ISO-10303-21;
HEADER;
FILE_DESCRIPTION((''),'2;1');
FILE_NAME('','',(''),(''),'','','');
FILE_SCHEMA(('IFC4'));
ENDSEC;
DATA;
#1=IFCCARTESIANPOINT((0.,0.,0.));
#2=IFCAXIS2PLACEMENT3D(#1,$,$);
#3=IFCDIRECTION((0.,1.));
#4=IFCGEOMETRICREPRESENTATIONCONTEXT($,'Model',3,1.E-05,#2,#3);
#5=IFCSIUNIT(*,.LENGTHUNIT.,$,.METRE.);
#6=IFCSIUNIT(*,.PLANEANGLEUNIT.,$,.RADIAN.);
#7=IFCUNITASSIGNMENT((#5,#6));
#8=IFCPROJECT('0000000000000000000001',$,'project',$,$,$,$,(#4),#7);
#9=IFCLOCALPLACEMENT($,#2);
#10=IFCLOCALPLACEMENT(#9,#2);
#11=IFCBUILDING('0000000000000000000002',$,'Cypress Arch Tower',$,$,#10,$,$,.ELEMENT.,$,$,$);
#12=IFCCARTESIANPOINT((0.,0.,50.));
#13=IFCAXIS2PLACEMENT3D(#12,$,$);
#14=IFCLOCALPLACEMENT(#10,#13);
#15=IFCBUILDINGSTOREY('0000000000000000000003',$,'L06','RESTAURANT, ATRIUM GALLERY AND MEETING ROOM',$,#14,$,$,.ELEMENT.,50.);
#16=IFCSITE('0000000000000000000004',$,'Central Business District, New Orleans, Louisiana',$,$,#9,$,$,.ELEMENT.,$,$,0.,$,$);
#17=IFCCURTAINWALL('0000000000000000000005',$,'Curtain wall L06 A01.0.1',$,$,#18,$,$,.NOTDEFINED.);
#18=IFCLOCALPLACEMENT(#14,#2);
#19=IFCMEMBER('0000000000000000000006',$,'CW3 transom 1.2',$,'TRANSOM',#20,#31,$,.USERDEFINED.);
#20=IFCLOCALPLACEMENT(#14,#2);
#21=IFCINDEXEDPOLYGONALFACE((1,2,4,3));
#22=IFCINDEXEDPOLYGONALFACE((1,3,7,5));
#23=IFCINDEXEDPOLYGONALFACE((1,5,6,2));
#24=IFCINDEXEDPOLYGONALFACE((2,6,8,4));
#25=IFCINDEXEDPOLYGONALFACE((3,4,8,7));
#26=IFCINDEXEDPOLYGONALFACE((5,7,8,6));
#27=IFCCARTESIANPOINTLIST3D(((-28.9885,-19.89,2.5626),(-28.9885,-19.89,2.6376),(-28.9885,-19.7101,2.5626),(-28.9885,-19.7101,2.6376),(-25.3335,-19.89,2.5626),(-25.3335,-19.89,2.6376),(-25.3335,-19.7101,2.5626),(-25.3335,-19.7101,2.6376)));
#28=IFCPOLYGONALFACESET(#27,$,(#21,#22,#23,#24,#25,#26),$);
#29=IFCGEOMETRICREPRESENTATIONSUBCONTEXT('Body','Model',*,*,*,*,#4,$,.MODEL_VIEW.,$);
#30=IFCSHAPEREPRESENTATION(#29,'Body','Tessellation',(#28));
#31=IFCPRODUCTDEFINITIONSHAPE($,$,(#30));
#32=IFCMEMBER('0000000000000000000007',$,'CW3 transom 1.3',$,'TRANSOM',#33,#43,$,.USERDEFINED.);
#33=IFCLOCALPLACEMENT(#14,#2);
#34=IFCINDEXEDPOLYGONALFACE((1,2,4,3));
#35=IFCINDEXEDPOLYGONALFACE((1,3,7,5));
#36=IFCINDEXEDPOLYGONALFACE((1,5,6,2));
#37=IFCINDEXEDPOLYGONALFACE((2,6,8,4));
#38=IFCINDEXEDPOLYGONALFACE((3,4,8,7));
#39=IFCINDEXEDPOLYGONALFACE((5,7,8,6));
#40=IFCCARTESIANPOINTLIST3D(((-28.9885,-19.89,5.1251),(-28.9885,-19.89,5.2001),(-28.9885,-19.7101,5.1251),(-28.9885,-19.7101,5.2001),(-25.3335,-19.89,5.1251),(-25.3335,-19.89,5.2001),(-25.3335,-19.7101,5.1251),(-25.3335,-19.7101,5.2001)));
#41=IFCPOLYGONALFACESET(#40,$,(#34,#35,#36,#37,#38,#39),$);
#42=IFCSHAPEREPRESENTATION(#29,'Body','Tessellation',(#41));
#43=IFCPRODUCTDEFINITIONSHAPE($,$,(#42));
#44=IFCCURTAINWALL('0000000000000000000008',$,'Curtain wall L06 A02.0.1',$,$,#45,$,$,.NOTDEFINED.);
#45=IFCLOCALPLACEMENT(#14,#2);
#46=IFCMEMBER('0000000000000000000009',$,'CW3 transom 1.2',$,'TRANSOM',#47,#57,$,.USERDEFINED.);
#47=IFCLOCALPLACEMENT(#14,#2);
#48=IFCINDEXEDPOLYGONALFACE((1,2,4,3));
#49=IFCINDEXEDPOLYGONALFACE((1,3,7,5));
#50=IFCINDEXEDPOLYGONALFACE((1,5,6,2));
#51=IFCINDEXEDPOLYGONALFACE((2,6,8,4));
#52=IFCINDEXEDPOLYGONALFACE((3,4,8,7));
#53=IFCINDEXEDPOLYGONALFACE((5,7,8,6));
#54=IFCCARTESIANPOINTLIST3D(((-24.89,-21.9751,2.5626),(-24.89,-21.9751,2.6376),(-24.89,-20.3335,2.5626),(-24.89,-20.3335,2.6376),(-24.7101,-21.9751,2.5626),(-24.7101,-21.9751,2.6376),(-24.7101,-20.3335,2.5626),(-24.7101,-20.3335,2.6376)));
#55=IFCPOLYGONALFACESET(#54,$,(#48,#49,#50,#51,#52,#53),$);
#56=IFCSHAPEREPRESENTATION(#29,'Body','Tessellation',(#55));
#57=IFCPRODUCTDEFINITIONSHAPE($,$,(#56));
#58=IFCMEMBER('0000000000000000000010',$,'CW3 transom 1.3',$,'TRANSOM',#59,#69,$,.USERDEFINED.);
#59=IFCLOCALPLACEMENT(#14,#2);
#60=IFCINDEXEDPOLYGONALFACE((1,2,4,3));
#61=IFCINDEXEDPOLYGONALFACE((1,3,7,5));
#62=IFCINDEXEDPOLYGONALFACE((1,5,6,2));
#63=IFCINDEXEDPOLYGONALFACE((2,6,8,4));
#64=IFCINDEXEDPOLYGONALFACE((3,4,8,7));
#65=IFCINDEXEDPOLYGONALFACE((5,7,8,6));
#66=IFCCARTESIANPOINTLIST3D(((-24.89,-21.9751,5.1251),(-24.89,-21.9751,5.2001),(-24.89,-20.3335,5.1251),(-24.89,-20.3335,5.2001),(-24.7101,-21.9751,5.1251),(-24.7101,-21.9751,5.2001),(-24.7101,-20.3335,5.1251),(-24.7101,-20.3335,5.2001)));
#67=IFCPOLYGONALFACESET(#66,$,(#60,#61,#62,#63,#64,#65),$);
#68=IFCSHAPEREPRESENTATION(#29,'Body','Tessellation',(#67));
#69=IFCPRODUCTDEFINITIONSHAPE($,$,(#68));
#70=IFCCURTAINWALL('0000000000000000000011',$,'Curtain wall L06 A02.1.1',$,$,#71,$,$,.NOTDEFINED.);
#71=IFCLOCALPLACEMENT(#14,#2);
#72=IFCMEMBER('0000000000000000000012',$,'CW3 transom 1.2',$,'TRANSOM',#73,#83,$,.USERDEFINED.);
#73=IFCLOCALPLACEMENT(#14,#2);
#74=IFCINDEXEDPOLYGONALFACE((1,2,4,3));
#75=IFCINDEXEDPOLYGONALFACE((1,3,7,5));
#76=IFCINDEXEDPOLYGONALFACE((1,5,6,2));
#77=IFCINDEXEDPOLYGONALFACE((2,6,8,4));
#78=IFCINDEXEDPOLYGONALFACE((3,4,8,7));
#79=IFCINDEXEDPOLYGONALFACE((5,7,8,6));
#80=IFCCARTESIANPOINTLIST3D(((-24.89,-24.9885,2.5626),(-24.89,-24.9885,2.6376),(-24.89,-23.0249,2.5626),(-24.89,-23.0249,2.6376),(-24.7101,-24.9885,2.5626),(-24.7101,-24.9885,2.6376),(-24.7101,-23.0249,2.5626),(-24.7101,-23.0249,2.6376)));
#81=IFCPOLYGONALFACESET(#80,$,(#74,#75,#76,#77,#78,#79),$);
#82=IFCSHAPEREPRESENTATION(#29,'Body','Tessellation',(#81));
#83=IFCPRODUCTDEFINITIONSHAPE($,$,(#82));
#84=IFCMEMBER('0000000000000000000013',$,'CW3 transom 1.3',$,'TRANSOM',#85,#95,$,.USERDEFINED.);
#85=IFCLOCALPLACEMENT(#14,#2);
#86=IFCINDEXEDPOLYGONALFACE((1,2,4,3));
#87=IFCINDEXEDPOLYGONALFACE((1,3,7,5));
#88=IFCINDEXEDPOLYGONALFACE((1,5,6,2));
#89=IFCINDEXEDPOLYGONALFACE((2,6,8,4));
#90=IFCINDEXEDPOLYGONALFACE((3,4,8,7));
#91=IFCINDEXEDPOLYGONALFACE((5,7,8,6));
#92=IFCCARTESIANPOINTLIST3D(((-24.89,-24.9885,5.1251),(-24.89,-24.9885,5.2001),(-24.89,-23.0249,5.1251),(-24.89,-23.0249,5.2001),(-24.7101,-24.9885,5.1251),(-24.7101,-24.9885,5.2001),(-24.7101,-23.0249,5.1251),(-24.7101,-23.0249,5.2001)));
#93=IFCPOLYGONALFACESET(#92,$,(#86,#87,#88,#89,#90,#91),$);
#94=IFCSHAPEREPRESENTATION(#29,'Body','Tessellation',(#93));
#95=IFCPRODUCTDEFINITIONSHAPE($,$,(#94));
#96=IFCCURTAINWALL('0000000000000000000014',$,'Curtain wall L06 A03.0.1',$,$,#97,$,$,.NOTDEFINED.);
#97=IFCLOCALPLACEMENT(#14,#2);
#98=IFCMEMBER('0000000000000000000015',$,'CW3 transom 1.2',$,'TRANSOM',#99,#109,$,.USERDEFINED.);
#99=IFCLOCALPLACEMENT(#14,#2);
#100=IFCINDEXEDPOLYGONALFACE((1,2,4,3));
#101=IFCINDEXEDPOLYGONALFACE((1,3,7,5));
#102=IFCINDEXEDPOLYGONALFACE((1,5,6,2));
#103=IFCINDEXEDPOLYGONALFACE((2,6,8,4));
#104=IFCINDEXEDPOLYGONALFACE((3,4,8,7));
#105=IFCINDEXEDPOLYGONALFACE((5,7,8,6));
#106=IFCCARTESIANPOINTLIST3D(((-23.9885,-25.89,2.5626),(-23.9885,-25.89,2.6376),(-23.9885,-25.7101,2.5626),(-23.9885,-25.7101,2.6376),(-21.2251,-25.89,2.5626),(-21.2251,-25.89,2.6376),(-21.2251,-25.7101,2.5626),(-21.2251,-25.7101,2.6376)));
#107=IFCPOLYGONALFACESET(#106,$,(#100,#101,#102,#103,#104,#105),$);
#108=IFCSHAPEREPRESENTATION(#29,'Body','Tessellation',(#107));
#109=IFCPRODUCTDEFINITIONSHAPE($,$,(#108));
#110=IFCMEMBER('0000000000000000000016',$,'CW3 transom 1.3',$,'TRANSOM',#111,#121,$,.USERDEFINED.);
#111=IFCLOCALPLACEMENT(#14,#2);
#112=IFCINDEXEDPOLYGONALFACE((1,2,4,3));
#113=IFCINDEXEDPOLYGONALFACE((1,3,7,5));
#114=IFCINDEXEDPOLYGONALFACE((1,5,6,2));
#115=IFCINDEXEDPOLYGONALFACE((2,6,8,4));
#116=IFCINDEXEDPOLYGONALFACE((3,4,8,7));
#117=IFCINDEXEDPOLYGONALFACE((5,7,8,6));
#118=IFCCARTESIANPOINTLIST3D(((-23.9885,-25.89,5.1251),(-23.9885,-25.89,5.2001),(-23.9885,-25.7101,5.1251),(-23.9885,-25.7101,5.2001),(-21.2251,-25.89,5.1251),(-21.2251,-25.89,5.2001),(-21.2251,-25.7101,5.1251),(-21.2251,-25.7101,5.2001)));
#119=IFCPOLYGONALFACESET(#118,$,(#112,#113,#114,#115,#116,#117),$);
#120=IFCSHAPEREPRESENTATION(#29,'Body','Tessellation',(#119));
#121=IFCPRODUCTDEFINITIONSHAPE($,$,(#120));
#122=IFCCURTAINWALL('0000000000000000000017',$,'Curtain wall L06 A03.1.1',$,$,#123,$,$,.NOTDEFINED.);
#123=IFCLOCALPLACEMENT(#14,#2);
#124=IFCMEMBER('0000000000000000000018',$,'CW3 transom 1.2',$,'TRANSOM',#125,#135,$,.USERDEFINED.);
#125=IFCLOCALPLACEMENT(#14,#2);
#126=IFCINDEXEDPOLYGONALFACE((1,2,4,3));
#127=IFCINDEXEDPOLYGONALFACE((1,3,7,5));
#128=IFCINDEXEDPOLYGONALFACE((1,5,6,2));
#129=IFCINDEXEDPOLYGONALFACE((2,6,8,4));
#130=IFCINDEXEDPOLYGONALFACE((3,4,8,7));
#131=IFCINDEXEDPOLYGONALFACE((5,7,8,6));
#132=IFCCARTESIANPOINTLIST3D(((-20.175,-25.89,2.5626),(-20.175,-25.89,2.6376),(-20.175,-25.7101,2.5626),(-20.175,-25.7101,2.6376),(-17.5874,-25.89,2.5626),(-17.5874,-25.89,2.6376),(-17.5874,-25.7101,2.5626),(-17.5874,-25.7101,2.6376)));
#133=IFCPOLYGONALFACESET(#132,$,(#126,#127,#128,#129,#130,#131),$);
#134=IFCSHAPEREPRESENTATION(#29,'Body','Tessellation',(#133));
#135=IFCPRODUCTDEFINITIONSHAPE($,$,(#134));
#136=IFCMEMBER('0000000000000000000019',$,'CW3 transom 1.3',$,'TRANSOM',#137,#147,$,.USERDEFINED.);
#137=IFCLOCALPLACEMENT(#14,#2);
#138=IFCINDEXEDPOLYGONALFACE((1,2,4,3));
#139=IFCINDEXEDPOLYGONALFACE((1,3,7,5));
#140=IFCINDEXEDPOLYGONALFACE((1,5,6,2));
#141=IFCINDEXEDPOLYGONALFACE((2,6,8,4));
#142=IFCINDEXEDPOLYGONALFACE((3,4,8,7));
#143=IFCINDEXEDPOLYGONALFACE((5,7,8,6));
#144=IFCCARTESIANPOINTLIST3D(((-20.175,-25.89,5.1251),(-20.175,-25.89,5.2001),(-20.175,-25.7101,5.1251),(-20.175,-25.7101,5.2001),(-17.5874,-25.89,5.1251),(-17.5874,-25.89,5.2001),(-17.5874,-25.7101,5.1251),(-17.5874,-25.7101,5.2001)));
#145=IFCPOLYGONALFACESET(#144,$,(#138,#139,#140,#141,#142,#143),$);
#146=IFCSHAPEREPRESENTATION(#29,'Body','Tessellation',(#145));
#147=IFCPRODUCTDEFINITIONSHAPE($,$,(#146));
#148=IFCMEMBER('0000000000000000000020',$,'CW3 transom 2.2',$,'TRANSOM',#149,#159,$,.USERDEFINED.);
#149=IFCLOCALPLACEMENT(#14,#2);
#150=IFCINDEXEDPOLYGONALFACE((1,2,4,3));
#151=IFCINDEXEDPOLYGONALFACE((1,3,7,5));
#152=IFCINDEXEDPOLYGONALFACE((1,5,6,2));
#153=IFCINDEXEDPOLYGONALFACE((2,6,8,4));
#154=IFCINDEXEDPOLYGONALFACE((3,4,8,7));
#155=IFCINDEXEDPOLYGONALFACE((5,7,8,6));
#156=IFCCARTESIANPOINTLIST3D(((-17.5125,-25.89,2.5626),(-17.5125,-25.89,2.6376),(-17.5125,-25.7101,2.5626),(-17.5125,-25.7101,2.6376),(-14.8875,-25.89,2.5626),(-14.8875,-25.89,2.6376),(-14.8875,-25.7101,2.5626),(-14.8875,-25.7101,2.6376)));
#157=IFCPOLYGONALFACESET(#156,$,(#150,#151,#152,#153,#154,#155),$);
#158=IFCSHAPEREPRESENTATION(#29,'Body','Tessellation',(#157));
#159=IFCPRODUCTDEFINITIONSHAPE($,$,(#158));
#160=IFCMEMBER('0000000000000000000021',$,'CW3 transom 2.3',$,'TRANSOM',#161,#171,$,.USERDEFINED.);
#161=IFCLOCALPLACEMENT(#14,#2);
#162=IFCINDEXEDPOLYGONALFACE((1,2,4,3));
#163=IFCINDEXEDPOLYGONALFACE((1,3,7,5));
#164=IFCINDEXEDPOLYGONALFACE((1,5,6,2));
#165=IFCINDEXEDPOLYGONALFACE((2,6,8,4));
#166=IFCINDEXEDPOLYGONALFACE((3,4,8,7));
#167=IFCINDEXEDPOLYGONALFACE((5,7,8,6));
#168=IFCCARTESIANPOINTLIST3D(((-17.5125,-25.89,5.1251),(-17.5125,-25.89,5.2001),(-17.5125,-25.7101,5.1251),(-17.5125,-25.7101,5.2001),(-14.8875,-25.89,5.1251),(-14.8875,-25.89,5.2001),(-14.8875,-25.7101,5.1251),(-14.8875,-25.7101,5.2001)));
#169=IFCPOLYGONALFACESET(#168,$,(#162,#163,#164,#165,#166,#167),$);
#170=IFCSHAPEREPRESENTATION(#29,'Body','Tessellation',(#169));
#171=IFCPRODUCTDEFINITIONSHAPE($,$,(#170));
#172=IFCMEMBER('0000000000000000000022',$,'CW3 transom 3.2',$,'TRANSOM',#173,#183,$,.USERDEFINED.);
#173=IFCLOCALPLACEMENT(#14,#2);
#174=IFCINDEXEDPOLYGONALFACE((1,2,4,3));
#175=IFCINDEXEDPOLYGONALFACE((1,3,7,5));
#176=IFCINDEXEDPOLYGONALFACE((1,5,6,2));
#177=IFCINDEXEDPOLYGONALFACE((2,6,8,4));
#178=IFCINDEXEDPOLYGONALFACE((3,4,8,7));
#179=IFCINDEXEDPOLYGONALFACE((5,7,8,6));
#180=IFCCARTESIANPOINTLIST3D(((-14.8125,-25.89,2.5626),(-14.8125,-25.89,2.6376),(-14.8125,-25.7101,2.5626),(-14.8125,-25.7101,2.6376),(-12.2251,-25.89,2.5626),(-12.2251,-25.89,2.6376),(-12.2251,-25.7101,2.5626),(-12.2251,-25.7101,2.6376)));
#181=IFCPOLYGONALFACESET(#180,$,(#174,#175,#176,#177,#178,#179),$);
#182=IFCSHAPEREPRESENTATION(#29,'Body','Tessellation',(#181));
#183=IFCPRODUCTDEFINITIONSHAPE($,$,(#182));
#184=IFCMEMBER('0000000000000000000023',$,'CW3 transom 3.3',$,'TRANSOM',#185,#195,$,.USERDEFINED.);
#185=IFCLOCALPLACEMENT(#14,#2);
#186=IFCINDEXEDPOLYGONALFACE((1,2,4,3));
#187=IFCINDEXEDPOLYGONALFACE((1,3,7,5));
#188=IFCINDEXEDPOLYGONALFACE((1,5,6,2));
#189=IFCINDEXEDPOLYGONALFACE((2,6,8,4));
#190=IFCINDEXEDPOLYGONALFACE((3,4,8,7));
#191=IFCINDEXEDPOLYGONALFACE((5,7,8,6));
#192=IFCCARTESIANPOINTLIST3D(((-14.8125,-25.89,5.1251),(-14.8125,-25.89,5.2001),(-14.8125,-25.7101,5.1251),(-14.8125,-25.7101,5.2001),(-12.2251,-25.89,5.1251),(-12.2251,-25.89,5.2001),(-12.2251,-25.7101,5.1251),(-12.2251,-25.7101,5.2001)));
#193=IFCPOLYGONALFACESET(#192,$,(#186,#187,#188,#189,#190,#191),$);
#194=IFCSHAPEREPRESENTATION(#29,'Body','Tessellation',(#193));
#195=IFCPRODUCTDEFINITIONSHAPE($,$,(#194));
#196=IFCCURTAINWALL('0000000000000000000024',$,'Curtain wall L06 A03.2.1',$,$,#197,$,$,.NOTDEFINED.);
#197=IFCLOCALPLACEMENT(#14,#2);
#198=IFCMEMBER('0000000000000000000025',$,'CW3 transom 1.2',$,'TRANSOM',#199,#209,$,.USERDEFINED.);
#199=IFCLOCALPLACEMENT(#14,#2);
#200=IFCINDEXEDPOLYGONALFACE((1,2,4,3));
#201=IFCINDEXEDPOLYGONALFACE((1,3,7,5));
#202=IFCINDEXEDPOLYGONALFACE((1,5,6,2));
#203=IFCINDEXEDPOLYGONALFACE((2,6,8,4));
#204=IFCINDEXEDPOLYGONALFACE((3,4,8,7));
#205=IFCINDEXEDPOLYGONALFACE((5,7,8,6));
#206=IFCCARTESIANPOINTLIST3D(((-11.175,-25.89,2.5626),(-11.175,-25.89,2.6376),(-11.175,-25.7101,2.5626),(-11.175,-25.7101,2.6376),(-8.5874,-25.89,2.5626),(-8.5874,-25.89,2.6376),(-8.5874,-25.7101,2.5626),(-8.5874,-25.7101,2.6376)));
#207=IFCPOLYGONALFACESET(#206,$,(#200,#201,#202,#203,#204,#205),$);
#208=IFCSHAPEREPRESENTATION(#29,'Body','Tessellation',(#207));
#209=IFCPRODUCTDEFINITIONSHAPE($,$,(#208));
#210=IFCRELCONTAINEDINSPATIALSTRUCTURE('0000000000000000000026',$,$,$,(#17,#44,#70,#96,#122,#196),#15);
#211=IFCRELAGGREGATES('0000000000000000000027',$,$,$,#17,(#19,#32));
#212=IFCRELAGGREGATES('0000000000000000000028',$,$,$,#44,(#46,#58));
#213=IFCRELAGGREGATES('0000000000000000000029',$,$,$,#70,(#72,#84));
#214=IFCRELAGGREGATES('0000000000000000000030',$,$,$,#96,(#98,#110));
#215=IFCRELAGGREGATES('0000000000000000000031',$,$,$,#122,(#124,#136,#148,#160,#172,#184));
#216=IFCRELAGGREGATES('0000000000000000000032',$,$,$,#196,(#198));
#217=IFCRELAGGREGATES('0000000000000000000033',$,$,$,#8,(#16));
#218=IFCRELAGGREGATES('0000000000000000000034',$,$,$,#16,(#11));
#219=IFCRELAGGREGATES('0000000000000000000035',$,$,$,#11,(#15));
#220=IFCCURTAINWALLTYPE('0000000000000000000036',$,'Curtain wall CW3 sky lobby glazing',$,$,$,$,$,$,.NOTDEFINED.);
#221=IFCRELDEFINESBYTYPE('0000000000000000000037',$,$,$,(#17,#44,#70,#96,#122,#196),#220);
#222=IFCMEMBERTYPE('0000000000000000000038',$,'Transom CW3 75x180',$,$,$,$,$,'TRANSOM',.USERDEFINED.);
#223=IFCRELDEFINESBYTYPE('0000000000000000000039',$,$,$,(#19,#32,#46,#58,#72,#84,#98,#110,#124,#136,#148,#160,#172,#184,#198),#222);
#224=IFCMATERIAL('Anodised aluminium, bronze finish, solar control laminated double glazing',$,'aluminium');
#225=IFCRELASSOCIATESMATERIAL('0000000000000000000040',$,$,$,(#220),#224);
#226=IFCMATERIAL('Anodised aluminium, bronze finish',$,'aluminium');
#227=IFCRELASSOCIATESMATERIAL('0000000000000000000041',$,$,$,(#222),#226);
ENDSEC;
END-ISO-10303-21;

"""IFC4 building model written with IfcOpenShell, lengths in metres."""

from ifc_helpers import new_model, si_unit, direction, frame, origin, origin_2d, place, context, subcontext, project, spatial, rectangle, extrude, material, material_profile, profile_set, type_object, element, aggregate, save


model = new_model("IFC4")

# Units and contexts
model_context = context("Model", 3, precision=1e-05, world=origin(), true_north=direction((0.0, 1.0)))
body_context = subcontext(model_context, "Body", "Model", "MODEL_VIEW")
ifc_project = project(units=[si_unit("LENGTHUNIT", "METRE"), si_unit("PLANEANGLEUNIT", "RADIAN")], contexts=[model_context])

# Site, building, storey
site_placement = place(None, origin())
site = spatial("IfcSite", under=ifc_project, at=site_placement, Name="Central Business District, New Orleans, Louisiana", CompositionType="ELEMENT", RefElevation=0.0)
building_placement = place(site_placement, origin())
building = spatial("IfcBuilding", under=site, at=building_placement, Name="Cypress Arch Tower", CompositionType="ELEMENT")
storey_placement = place(building_placement, frame((0.0, 0.0, 50.0)))
storey = spatial("IfcBuildingStorey", under=building, at=storey_placement, Name="L06", Description="RESTAURANT, ATRIUM GALLERY AND MEETING ROOM", CompositionType="ELEMENT", Elevation=50.0)

# Curtain walls, members
ifc_material_1 = material(Name="Anodised aluminium, bronze finish, solar control laminated double glazing", Category="aluminium")
curtain_wall_type = type_object("IfcCurtainWallType", Name="Curtain wall CW3 sky lobby glazing", PredefinedType="NOTDEFINED", material=ifc_material_1)
curtain_wall_1_placement = place(storey_placement, origin())
curtain_wall_1 = element("IfcCurtainWall", 1, at=curtain_wall_1_placement, inside=storey, type_object=curtain_wall_type, Name="Curtain wall L06 A01.0.1", PredefinedType="NOTDEFINED")
ifc_material_2 = material(Name="Anodised aluminium, bronze finish", Category="aluminium")
ifc_material_profile_1 = material_profile(ifc_material_2, rectangle(XDim=0.1799, YDim=0.075, at=origin_2d()), Name="Transom 75x180")
ifc_profile_set_1 = profile_set([ifc_material_profile_1], Name="Anodised aluminium, bronze finish")
member_type = type_object("IfcMemberType", Name="Transom CW3 75x180", ElementType="TRANSOM", PredefinedType="USERDEFINED", material=ifc_profile_set_1)
member_1_placement = place(storey_placement, frame((-28.9885, -19.8, 2.6001), z_axis=(1.0, 0.0, 0.0), x_axis=(0.0, 1.0, 0.0)))
member_1 = element("IfcMember", 2, at=member_1_placement, type_object=member_type, Name="CW3 transom 1.2", ObjectType="TRANSOM", PredefinedType="USERDEFINED", context=body_context, shape_type="SweptSolid", body=[
    extrude(rectangle(XDim=0.1799, YDim=0.075, at=origin_2d()), origin(), (0.0, 0.0, 1.0), 3.655),
])
member_2_placement = place(storey_placement, frame((-28.9885, -19.8, 5.1626), z_axis=(1.0, 0.0, 0.0), x_axis=(0.0, 1.0, 0.0)))
member_2 = element("IfcMember", 3, at=member_2_placement, type_object=member_type, Name="CW3 transom 1.3", ObjectType="TRANSOM", PredefinedType="USERDEFINED", context=body_context, shape_type="SweptSolid", body=[
    extrude(rectangle(XDim=0.1799, YDim=0.075, at=origin_2d()), origin(), (0.0, 0.0, 1.0), 3.655),
])
curtain_wall_2_placement = place(storey_placement, origin())
curtain_wall_2 = element("IfcCurtainWall", 4, at=curtain_wall_2_placement, inside=storey, type_object=curtain_wall_type, Name="Curtain wall L06 A02.0.1", PredefinedType="NOTDEFINED")
member_3_placement = place(storey_placement, frame((-24.8, -20.3335, 2.6001), z_axis=(0.0, -1.0, 0.0), x_axis=(1.0, 0.0, 0.0)))
member_3 = element("IfcMember", 5, at=member_3_placement, type_object=member_type, Name="CW3 transom 1.2", ObjectType="TRANSOM", PredefinedType="USERDEFINED", context=body_context, shape_type="SweptSolid", body=[
    extrude(rectangle(XDim=0.1799, YDim=0.075, at=origin_2d()), origin(), (0.0, 0.0, 1.0), 1.6416),
])
member_4_placement = place(storey_placement, frame((-24.8, -20.3335, 5.1626), z_axis=(0.0, -1.0, 0.0), x_axis=(1.0, 0.0, 0.0)))
member_4 = element("IfcMember", 6, at=member_4_placement, type_object=member_type, Name="CW3 transom 1.3", ObjectType="TRANSOM", PredefinedType="USERDEFINED", context=body_context, shape_type="SweptSolid", body=[
    extrude(rectangle(XDim=0.1799, YDim=0.075, at=origin_2d()), origin(), (0.0, 0.0, 1.0), 1.6416),
])
curtain_wall_3_placement = place(storey_placement, origin())
curtain_wall_3 = element("IfcCurtainWall", 7, at=curtain_wall_3_placement, inside=storey, type_object=curtain_wall_type, Name="Curtain wall L06 A02.1.1", PredefinedType="NOTDEFINED")
member_5_placement = place(storey_placement, frame((-24.8, -23.0249, 2.6001), z_axis=(0.0, -1.0, 0.0), x_axis=(1.0, 0.0, 0.0)))
member_5 = element("IfcMember", 8, at=member_5_placement, type_object=member_type, Name="CW3 transom 1.2", ObjectType="TRANSOM", PredefinedType="USERDEFINED", context=body_context, shape_type="SweptSolid", body=[
    extrude(rectangle(XDim=0.1799, YDim=0.075, at=origin_2d()), origin(), (0.0, 0.0, 1.0), 1.9636),
])
member_6_placement = place(storey_placement, frame((-24.8, -23.0249, 5.1626), z_axis=(0.0, -1.0, 0.0), x_axis=(1.0, 0.0, 0.0)))
member_6 = element("IfcMember", 9, at=member_6_placement, type_object=member_type, Name="CW3 transom 1.3", ObjectType="TRANSOM", PredefinedType="USERDEFINED", context=body_context, shape_type="SweptSolid", body=[
    extrude(rectangle(XDim=0.1799, YDim=0.075, at=origin_2d()), origin(), (0.0, 0.0, 1.0), 1.9636),
])
curtain_wall_4_placement = place(storey_placement, origin())
curtain_wall_4 = element("IfcCurtainWall", 10, at=curtain_wall_4_placement, inside=storey, type_object=curtain_wall_type, Name="Curtain wall L06 A03.0.1", PredefinedType="NOTDEFINED")
member_7_placement = place(storey_placement, frame((-23.9885, -25.8, 2.6001), z_axis=(1.0, 0.0, 0.0), x_axis=(0.0, 1.0, 0.0)))
member_7 = element("IfcMember", 11, at=member_7_placement, type_object=member_type, Name="CW3 transom 1.2", ObjectType="TRANSOM", PredefinedType="USERDEFINED", context=body_context, shape_type="SweptSolid", body=[
    extrude(rectangle(XDim=0.1799, YDim=0.075, at=origin_2d()), origin(), (0.0, 0.0, 1.0), 2.7634),
])
member_8_placement = place(storey_placement, frame((-23.9885, -25.8, 5.1626), z_axis=(1.0, 0.0, 0.0), x_axis=(0.0, 1.0, 0.0)))
member_8 = element("IfcMember", 12, at=member_8_placement, type_object=member_type, Name="CW3 transom 1.3", ObjectType="TRANSOM", PredefinedType="USERDEFINED", context=body_context, shape_type="SweptSolid", body=[
    extrude(rectangle(XDim=0.1799, YDim=0.075, at=origin_2d()), origin(), (0.0, 0.0, 1.0), 2.7634),
])
curtain_wall_5_placement = place(storey_placement, origin())
curtain_wall_5 = element("IfcCurtainWall", 13, at=curtain_wall_5_placement, inside=storey, type_object=curtain_wall_type, Name="Curtain wall L06 A03.1.1", PredefinedType="NOTDEFINED")
member_9_placement = place(storey_placement, frame((-20.175, -25.8, 2.6001), z_axis=(1.0, 0.0, 0.0), x_axis=(0.0, 1.0, 0.0)))
member_9 = element("IfcMember", 14, at=member_9_placement, type_object=member_type, Name="CW3 transom 1.2", ObjectType="TRANSOM", PredefinedType="USERDEFINED", context=body_context, shape_type="SweptSolid", body=[
    extrude(rectangle(XDim=0.1799, YDim=0.075, at=origin_2d()), origin(), (0.0, 0.0, 1.0), 2.5876),
])
member_10_placement = place(storey_placement, frame((-20.175, -25.8, 5.1626), z_axis=(1.0, 0.0, 0.0), x_axis=(0.0, 1.0, 0.0)))
member_10 = element("IfcMember", 15, at=member_10_placement, type_object=member_type, Name="CW3 transom 1.3", ObjectType="TRANSOM", PredefinedType="USERDEFINED", context=body_context, shape_type="SweptSolid", body=[
    extrude(rectangle(XDim=0.1799, YDim=0.075, at=origin_2d()), origin(), (0.0, 0.0, 1.0), 2.5876),
])
member_11_placement = place(storey_placement, frame((-17.5125, -25.8, 2.6001), z_axis=(1.0, 0.0, 0.0), x_axis=(0.0, 1.0, 0.0)))
member_11 = element("IfcMember", 16, at=member_11_placement, type_object=member_type, Name="CW3 transom 2.2", ObjectType="TRANSOM", PredefinedType="USERDEFINED", context=body_context, shape_type="SweptSolid", body=[
    extrude(rectangle(XDim=0.1799, YDim=0.075, at=origin_2d()), origin(), (0.0, 0.0, 1.0), 2.625),
])
member_12_placement = place(storey_placement, frame((-17.5125, -25.8, 5.1626), z_axis=(1.0, 0.0, 0.0), x_axis=(0.0, 1.0, 0.0)))
member_12 = element("IfcMember", 17, at=member_12_placement, type_object=member_type, Name="CW3 transom 2.3", ObjectType="TRANSOM", PredefinedType="USERDEFINED", context=body_context, shape_type="SweptSolid", body=[
    extrude(rectangle(XDim=0.1799, YDim=0.075, at=origin_2d()), origin(), (0.0, 0.0, 1.0), 2.625),
])
member_13_placement = place(storey_placement, frame((-14.8125, -25.8, 2.6001), z_axis=(1.0, 0.0, 0.0), x_axis=(0.0, 1.0, 0.0)))
member_13 = element("IfcMember", 18, at=member_13_placement, type_object=member_type, Name="CW3 transom 3.2", ObjectType="TRANSOM", PredefinedType="USERDEFINED", context=body_context, shape_type="SweptSolid", body=[
    extrude(rectangle(XDim=0.1799, YDim=0.075, at=origin_2d()), origin(), (0.0, 0.0, 1.0), 2.5874),
])
member_14_placement = place(storey_placement, frame((-14.8125, -25.8, 5.1626), z_axis=(1.0, 0.0, 0.0), x_axis=(0.0, 1.0, 0.0)))
member_14 = element("IfcMember", 19, at=member_14_placement, type_object=member_type, Name="CW3 transom 3.3", ObjectType="TRANSOM", PredefinedType="USERDEFINED", context=body_context, shape_type="SweptSolid", body=[
    extrude(rectangle(XDim=0.1799, YDim=0.075, at=origin_2d()), origin(), (0.0, 0.0, 1.0), 2.5874),
])
curtain_wall_6_placement = place(storey_placement, origin())
curtain_wall_6 = element("IfcCurtainWall", 20, at=curtain_wall_6_placement, inside=storey, type_object=curtain_wall_type, Name="Curtain wall L06 A03.2.1", PredefinedType="NOTDEFINED")
member_15_placement = place(storey_placement, frame((-11.175, -25.8, 2.6001), z_axis=(1.0, 0.0, 0.0), x_axis=(0.0, 1.0, 0.0)))
member_15 = element("IfcMember", 21, at=member_15_placement, type_object=member_type, Name="CW3 transom 1.2", ObjectType="TRANSOM", PredefinedType="USERDEFINED", context=body_context, shape_type="SweptSolid", body=[
    extrude(rectangle(XDim=0.1799, YDim=0.075, at=origin_2d()), origin(), (0.0, 0.0, 1.0), 2.5876),
])

aggregate(curtain_wall_1, [member_1, member_2])
aggregate(curtain_wall_2, [member_3, member_4])
aggregate(curtain_wall_3, [member_5, member_6])
aggregate(curtain_wall_4, [member_7, member_8])
aggregate(curtain_wall_5, [member_9, member_10, member_11, member_12, member_13, member_14])
aggregate(curtain_wall_6, [member_15])

save(model, "model.ifc")
